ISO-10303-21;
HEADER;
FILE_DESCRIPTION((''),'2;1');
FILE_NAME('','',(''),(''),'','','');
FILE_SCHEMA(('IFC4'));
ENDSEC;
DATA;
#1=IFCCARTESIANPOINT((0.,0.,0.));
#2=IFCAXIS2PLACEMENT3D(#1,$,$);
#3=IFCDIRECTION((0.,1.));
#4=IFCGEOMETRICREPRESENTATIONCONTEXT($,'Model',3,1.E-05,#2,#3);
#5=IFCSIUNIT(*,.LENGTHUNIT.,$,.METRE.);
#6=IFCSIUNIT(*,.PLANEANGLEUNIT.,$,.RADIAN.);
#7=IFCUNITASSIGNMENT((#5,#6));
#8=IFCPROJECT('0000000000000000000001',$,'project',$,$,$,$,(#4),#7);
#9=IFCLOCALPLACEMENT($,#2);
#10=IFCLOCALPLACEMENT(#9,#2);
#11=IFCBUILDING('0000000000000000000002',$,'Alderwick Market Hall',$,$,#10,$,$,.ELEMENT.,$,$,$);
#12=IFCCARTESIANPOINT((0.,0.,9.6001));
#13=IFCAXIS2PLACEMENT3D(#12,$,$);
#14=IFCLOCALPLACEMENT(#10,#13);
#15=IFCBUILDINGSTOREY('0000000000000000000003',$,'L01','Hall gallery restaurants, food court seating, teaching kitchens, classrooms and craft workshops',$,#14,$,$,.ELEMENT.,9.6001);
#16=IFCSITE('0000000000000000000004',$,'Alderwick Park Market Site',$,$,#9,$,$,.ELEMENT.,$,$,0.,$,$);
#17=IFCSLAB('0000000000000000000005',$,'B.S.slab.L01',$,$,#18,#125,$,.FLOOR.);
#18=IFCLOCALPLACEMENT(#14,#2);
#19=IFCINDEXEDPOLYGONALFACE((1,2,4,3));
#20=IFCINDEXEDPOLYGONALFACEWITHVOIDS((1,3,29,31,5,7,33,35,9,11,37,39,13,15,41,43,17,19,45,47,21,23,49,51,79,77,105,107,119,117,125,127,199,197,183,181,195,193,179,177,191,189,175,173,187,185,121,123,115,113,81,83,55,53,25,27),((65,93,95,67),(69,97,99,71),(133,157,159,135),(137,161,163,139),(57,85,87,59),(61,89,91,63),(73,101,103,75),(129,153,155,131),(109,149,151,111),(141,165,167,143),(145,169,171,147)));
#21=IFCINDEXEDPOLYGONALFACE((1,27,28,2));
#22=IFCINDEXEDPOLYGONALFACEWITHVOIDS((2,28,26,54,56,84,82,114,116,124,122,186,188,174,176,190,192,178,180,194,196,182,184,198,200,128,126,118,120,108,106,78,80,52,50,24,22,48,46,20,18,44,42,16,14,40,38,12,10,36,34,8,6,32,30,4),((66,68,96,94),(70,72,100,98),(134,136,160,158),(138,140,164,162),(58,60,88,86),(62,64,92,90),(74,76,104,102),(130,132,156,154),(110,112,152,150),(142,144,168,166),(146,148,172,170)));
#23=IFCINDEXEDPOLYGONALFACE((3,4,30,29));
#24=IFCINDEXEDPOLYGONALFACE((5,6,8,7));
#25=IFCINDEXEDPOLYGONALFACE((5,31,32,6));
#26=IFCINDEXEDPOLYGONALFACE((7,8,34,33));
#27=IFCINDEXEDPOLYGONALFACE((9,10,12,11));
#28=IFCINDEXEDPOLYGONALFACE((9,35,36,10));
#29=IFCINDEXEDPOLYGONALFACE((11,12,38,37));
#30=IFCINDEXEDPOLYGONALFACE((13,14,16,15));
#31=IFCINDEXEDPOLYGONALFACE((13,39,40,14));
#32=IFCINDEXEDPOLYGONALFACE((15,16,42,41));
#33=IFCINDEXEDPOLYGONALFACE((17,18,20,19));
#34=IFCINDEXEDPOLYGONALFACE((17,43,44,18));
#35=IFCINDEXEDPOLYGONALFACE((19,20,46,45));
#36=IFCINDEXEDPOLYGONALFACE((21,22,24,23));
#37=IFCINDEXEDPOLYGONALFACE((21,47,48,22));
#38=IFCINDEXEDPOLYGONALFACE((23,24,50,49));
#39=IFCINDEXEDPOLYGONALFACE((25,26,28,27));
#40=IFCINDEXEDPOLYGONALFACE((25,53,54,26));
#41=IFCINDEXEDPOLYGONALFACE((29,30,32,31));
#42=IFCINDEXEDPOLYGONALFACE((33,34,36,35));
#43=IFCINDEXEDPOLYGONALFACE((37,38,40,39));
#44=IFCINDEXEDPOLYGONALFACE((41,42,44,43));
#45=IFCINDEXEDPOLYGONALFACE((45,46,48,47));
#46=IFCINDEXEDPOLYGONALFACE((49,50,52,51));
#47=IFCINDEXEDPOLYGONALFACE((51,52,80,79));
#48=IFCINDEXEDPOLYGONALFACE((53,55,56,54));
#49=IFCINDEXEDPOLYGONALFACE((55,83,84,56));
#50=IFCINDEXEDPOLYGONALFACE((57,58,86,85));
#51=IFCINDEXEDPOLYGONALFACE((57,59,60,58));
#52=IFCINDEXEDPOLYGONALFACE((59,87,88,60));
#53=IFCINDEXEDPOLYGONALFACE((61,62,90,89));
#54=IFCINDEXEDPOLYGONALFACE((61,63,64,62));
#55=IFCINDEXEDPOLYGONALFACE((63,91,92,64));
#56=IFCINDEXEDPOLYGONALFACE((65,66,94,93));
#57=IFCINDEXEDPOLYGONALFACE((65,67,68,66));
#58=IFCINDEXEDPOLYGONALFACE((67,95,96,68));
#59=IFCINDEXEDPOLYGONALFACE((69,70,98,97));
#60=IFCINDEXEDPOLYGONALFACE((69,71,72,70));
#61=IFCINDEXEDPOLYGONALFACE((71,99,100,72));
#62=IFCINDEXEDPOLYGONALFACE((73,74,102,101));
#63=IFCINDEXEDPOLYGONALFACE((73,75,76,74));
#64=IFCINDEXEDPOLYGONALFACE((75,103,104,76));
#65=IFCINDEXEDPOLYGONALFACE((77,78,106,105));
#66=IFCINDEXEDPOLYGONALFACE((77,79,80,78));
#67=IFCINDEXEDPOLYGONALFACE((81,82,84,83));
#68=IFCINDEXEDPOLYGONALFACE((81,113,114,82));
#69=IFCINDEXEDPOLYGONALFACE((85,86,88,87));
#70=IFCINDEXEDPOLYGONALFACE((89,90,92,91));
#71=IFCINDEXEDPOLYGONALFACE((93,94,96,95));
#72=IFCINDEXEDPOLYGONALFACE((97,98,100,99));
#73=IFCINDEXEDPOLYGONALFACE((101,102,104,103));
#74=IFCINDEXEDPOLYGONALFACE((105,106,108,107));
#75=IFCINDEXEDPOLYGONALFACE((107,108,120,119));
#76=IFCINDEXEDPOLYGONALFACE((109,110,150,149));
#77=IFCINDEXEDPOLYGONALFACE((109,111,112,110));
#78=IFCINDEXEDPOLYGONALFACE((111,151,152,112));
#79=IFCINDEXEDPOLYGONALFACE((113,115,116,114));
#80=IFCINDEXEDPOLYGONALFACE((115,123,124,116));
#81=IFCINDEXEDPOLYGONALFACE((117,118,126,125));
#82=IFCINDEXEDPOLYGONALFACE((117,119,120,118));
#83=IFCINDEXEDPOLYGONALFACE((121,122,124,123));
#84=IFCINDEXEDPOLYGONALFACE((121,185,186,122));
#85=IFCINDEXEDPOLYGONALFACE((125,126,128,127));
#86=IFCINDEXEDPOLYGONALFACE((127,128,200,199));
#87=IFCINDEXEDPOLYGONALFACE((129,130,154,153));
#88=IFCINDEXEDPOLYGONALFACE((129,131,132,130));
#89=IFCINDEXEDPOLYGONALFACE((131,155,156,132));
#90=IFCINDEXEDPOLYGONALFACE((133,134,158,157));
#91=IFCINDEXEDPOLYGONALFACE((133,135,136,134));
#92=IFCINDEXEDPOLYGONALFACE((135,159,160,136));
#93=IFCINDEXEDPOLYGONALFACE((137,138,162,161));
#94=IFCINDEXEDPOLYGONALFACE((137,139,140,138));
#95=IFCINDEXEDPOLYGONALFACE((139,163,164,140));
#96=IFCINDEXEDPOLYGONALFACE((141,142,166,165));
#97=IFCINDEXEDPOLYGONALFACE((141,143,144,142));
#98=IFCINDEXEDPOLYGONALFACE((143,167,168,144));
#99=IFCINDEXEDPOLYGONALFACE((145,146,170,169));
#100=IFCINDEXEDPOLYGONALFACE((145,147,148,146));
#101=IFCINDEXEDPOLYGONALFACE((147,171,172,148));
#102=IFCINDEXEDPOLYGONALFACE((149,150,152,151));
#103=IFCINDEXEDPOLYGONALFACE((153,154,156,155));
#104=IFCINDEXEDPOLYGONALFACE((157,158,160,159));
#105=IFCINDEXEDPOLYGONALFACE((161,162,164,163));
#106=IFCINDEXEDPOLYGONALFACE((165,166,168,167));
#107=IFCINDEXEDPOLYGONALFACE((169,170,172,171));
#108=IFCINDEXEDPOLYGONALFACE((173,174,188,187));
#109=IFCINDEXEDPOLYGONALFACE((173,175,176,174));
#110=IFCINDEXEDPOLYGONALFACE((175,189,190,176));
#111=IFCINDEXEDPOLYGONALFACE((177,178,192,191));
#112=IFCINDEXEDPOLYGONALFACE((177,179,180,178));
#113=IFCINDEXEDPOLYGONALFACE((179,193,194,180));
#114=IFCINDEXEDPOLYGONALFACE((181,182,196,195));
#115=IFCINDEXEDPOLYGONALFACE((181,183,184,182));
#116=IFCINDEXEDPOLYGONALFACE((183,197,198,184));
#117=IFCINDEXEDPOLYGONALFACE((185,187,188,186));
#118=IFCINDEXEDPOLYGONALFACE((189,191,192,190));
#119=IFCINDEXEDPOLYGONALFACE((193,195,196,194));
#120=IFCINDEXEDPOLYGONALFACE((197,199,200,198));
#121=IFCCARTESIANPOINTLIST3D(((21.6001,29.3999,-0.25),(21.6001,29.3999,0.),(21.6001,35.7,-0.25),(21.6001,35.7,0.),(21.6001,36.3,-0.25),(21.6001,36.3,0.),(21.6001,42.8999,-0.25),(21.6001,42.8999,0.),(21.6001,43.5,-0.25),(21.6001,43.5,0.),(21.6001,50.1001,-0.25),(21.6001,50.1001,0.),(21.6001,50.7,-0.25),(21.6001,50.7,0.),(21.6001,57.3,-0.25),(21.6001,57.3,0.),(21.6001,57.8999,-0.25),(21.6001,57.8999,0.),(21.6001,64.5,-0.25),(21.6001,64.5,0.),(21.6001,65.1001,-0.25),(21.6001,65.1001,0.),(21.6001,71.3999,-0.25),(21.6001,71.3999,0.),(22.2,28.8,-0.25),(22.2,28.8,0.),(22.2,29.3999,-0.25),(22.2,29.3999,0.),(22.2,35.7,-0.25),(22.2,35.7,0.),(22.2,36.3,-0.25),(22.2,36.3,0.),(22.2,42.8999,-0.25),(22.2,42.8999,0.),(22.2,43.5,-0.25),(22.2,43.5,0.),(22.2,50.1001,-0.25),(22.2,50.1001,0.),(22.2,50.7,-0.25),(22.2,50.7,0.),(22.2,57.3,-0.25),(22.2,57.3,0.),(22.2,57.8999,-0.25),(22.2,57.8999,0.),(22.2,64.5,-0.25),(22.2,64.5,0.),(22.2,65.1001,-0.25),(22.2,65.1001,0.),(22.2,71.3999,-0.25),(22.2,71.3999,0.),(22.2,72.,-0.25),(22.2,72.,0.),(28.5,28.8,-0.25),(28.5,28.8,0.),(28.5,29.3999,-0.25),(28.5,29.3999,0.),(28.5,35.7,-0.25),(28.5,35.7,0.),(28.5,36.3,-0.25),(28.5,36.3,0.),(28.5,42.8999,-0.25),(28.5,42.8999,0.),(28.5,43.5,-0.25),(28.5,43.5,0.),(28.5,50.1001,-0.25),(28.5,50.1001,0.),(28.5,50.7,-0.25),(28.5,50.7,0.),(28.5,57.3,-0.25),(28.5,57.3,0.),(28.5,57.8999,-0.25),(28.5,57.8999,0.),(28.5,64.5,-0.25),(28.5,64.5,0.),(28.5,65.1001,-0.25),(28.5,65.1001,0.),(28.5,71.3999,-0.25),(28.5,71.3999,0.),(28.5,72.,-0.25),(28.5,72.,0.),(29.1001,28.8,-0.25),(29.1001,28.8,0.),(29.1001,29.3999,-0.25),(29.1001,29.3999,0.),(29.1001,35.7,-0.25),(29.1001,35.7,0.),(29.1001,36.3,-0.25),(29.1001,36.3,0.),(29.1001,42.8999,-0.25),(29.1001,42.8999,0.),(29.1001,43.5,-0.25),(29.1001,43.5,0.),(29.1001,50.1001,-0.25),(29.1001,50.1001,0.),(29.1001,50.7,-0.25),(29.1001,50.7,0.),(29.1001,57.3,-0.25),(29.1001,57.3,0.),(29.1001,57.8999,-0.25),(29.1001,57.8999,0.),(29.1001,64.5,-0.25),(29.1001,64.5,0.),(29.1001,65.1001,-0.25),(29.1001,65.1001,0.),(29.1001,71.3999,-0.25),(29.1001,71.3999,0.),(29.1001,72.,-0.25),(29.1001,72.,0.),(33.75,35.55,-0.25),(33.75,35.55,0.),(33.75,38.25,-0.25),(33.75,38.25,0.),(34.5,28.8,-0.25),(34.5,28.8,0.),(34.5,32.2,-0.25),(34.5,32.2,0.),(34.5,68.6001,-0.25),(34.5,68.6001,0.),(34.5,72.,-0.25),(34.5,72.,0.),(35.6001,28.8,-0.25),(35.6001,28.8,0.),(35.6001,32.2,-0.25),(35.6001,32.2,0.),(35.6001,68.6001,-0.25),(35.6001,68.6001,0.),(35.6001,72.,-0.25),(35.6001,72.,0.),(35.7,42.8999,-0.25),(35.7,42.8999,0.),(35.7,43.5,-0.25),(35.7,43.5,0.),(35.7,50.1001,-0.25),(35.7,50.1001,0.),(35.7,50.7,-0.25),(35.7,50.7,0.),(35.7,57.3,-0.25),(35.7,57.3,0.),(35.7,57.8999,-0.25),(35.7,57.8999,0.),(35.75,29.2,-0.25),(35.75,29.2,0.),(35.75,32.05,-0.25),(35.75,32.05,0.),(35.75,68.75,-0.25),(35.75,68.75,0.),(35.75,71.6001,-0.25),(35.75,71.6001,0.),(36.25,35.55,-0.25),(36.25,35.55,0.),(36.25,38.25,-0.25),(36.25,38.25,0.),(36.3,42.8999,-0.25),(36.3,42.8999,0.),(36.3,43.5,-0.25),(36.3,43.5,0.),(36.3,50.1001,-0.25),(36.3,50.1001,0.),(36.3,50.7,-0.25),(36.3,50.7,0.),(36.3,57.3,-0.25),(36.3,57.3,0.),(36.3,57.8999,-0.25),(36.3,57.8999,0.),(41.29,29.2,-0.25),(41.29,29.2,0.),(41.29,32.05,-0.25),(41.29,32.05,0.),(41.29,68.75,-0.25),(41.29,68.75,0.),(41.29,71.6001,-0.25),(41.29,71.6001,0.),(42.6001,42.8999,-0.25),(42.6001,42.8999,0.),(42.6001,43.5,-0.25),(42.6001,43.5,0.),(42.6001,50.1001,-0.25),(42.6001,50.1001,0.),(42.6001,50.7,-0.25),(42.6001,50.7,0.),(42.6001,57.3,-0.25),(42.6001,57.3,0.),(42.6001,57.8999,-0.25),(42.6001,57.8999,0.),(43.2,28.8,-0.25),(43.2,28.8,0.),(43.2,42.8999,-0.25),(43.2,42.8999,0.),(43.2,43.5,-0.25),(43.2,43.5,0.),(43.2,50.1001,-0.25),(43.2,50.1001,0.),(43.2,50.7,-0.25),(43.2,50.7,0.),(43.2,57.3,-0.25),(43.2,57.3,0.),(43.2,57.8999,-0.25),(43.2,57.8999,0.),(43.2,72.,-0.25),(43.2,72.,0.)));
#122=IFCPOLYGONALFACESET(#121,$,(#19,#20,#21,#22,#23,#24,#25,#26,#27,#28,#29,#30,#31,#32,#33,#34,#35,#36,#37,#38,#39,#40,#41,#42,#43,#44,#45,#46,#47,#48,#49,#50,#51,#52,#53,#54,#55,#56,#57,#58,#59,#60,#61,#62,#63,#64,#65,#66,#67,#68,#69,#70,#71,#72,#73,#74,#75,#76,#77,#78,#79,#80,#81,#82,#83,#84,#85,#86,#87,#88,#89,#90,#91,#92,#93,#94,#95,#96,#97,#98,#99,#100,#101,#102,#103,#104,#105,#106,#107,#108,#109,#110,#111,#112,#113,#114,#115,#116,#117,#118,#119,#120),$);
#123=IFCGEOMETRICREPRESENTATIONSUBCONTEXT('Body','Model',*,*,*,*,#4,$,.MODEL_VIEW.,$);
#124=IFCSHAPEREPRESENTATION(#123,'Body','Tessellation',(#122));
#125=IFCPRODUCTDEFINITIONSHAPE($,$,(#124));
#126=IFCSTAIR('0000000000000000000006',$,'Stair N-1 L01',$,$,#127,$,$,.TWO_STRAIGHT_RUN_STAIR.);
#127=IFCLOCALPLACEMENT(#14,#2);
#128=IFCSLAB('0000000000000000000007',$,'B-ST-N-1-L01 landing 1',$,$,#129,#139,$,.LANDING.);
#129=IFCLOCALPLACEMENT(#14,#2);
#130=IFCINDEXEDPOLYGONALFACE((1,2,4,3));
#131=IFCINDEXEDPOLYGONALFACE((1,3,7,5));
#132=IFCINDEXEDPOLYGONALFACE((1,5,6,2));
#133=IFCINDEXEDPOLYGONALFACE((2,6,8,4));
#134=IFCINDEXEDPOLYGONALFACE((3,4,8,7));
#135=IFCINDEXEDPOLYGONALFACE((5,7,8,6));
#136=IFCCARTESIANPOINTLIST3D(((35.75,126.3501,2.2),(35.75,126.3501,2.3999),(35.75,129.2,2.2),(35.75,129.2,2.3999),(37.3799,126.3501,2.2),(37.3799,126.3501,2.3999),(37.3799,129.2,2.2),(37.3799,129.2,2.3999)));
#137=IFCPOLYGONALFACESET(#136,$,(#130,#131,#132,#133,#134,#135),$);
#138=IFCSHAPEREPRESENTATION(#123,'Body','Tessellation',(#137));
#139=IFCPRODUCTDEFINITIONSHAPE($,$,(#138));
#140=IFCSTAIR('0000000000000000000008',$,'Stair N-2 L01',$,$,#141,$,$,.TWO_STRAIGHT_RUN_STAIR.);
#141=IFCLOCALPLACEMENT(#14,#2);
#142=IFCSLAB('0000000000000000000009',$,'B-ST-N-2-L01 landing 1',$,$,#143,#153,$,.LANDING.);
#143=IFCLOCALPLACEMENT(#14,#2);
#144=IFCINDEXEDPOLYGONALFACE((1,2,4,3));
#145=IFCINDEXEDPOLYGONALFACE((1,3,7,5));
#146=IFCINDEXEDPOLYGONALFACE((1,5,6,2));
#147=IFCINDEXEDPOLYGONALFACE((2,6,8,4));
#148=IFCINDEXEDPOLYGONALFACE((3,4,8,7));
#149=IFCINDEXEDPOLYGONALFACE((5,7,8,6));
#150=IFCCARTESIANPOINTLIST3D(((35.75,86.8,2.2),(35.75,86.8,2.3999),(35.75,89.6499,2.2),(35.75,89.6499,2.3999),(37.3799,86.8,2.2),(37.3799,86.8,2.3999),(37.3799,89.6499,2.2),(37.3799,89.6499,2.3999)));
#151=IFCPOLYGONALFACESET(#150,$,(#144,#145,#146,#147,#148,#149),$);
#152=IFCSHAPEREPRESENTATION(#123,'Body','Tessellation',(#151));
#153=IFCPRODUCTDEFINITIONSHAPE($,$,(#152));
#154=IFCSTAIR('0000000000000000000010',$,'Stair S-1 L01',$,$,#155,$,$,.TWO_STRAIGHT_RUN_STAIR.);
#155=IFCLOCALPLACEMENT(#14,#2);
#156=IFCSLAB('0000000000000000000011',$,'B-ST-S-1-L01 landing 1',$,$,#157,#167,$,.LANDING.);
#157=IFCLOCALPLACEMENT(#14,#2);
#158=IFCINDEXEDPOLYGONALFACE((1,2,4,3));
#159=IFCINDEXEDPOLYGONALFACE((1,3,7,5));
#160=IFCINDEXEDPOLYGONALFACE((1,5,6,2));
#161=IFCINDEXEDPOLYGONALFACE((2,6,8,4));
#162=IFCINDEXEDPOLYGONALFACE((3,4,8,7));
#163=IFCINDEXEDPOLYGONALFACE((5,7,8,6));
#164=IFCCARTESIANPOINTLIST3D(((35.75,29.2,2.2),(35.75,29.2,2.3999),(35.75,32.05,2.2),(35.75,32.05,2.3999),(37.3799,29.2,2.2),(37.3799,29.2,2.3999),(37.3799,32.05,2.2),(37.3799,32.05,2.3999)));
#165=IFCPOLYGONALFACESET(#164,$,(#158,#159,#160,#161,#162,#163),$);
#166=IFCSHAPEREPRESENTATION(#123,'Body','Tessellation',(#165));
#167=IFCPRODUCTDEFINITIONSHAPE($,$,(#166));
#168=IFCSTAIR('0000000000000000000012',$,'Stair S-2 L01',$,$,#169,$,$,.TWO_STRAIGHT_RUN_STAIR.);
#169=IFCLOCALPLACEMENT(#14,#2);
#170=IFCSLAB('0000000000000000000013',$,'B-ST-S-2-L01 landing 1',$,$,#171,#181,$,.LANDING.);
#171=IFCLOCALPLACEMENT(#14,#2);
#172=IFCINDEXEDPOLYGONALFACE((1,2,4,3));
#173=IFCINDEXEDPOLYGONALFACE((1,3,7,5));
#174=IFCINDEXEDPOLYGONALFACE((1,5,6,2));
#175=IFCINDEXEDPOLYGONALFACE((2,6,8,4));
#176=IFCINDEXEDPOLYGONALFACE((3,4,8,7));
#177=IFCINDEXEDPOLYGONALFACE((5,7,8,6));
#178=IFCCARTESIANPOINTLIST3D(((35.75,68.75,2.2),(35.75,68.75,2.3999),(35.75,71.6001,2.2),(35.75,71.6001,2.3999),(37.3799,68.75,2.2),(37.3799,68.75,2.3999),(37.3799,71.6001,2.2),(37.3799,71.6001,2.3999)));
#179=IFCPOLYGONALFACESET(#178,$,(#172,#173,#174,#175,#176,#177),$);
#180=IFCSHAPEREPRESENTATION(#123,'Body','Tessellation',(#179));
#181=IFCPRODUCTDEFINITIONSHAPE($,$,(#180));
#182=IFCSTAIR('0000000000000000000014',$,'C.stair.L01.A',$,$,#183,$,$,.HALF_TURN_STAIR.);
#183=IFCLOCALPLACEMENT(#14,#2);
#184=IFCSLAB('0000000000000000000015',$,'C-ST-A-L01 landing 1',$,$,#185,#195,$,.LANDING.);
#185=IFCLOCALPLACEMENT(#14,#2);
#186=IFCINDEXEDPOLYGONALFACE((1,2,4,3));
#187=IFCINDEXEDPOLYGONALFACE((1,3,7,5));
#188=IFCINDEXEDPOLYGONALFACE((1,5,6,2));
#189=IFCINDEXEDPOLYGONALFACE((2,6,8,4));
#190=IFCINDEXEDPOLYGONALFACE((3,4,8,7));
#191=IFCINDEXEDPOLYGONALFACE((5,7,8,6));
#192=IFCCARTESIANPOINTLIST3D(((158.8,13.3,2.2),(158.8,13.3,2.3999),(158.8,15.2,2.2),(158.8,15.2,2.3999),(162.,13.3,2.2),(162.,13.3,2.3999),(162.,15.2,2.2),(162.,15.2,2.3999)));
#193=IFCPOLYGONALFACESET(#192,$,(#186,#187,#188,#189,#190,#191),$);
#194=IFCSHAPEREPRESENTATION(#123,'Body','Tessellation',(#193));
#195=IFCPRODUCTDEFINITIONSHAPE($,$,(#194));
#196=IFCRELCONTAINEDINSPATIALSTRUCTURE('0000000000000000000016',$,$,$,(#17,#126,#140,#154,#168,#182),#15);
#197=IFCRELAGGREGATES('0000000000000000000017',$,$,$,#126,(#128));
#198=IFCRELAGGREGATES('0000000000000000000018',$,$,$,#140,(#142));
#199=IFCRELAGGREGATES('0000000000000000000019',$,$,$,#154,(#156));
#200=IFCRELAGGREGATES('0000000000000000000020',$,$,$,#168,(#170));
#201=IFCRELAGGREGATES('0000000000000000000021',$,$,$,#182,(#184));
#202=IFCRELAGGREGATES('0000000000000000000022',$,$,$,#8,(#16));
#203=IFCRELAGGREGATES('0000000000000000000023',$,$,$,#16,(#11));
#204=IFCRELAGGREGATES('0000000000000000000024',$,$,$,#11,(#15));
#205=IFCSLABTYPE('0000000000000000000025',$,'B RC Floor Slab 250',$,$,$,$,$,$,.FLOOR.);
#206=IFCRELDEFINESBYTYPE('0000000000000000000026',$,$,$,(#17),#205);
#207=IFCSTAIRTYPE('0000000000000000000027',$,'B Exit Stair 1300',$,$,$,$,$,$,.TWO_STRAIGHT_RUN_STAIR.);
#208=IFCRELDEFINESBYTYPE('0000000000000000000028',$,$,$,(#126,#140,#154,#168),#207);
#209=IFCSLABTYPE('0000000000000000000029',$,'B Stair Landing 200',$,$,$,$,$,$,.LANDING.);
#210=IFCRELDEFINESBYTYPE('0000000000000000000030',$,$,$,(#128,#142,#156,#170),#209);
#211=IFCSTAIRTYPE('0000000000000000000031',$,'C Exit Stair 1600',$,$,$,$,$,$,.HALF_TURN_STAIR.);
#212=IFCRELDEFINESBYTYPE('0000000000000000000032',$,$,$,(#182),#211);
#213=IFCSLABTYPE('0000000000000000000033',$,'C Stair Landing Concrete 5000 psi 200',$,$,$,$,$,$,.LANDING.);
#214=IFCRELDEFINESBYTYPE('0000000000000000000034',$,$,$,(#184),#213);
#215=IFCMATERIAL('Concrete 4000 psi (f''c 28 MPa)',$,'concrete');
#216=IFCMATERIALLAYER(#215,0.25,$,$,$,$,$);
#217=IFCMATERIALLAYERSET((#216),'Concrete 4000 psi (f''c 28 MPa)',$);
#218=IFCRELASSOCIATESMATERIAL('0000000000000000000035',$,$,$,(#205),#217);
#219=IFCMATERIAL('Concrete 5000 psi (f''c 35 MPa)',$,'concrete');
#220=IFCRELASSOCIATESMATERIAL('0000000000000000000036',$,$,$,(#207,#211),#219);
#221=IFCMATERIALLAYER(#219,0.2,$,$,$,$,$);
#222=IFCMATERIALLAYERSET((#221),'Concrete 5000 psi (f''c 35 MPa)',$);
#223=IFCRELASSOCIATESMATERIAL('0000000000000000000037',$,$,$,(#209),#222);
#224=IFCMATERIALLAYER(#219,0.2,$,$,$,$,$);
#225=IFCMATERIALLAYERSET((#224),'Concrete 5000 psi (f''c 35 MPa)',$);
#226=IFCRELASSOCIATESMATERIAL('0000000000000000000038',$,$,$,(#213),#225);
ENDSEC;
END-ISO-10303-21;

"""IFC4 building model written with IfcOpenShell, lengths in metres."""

from ifc_helpers import new_model, si_unit, direction, frame, origin, place, context, subcontext, project, spatial, polyline, outline, extrude, material, layer, layer_set, type_object, element, aggregate, save


model = new_model("IFC4")

# Units and contexts
model_context = context("Model", 3, precision=1e-05, world=origin(), true_north=direction((0.0, 1.0)))
body_context = subcontext(model_context, "Body", "Model", "MODEL_VIEW")
ifc_project = project(units=[si_unit("LENGTHUNIT", "METRE"), si_unit("PLANEANGLEUNIT", "RADIAN")], contexts=[model_context])

# Site, building, storey
site_placement = place(None, origin())
site = spatial("IfcSite", under=ifc_project, at=site_placement, Name="Alderwick Park Market Site", CompositionType="ELEMENT", RefElevation=0.0)
building_placement = place(site_placement, origin())
building = spatial("IfcBuilding", under=site, at=building_placement, Name="Alderwick Market Hall", CompositionType="ELEMENT")
storey_placement = place(building_placement, frame((0.0, 0.0, 9.6001)))
storey = spatial("IfcBuildingStorey", under=building, at=storey_placement, Name="L01", Description="Hall gallery restaurants, food court seating, teaching kitchens, classrooms and craft workshops", CompositionType="ELEMENT", Elevation=9.6001)

# Shared definitions
ifc_material_1 = material(Name="Concrete 5000 psi (f'c 35 MPa)", Category="concrete")

# Slab
ifc_material_2 = material(Name="Concrete 4000 psi (f'c 28 MPa)", Category="concrete")
ifc_layer_1 = layer(ifc_material_2, 0.25)
ifc_layer_set_1 = layer_set([ifc_layer_1], Name="Concrete 4000 psi (f'c 28 MPa)")
slab_type_1 = type_object("IfcSlabType", Name="B RC Floor Slab 250", PredefinedType="FLOOR", material=ifc_layer_set_1)
slab_1_placement = place(storey_placement, frame((0.0, 0.0, -0.25)))
element("IfcSlab", 1, at=slab_1_placement, inside=storey, type_object=slab_type_1, Name="B.S.slab.L01", PredefinedType="FLOOR", context=body_context, shape_type="SweptSolid", body=[
    extrude(outline(polyline([(22.2, 65.1001), (21.6001, 65.1001), (21.6001, 71.3999), (22.2, 71.3999), (22.2, 72.0), (28.5, 72.0), (28.5, 71.3999), (29.1001, 71.3999), (29.1001, 72.0), (34.5, 72.0), (34.5, 68.6001), (35.6001, 68.6001), (35.6001, 72.0), (43.2, 72.0), (43.2, 57.8999), (42.6001, 57.8999), (42.6001, 57.3), (43.2, 57.3), (43.2, 50.7), (42.6001, 50.7), (42.6001, 50.1001), (43.2, 50.1001), (43.2, 43.5), (42.6001, 43.5), (42.6001, 42.8999), (43.2, 42.8999), (43.2, 28.8), (35.6001, 28.8), (35.6001, 32.2), (34.5, 32.2), (34.5, 28.8), (29.1001, 28.8), (29.1001, 29.3999), (28.5, 29.3999), (28.5, 28.8), (22.2, 28.8), (22.2, 29.3999), (21.6001, 29.3999), (21.6001, 35.7), (22.2, 35.7), (22.2, 36.3), (21.6001, 36.3), (21.6001, 42.8999), (22.2, 42.8999), (22.2, 43.5), (21.6001, 43.5), (21.6001, 50.1001), (22.2, 50.1001), (22.2, 50.7), (21.6001, 50.7), (21.6001, 57.3), (22.2, 57.3), (22.2, 57.8999), (21.6001, 57.8999), (21.6001, 64.5), (22.2, 64.5), (22.2, 65.1001)]), holes=[polyline([(29.1001, 36.3), (28.5, 36.3), (28.5, 35.7), (29.1001, 35.7), (29.1001, 36.3)]), polyline([(29.1001, 42.8999), (29.1001, 43.5), (28.5, 43.5), (28.5, 42.8999), (29.1001, 42.8999)]), polyline([(28.5, 50.1001), (29.1001, 50.1001), (29.1001, 50.7), (28.5, 50.7), (28.5, 50.1001)]), polyline([(28.5, 57.8999), (28.5, 57.3), (29.1001, 57.3), (29.1001, 57.8999), (28.5, 57.8999)]), polyline([(29.1001, 65.1001), (28.5, 65.1001), (28.5, 64.5), (29.1001, 64.5), (29.1001, 65.1001)]), polyline([(35.7, 42.8999), (36.3, 42.8999), (36.3, 43.5), (35.7, 43.5), (35.7, 42.8999)]), polyline([(35.7, 50.7), (35.7, 50.1001), (36.3, 50.1001), (36.3, 50.7), (35.7, 50.7)]), polyline([(36.3, 57.8999), (35.7, 57.8999), (35.7, 57.3), (36.3, 57.3), (36.3, 57.8999)]), polyline([(41.29, 32.05), (35.75, 32.05), (35.75, 29.2), (41.29, 29.2), (41.29, 32.05)]), polyline([(36.25, 35.55), (36.25, 38.25), (33.75, 38.25), (33.75, 35.55), (36.25, 35.55)]), polyline([(35.75, 71.6001), (35.75, 68.75), (41.29, 68.75), (41.29, 71.6001), (35.75, 71.6001)])]), origin(), (0.0, 0.0, 1.0), 0.25),
])

# Stairs, slabs
stair_type_1 = type_object("IfcStairType", Name="B Exit Stair 1300", PredefinedType="TWO_STRAIGHT_RUN_STAIR", material=ifc_material_1)
stair_1_placement = place(storey_placement, origin())
stair_1 = element("IfcStair", 2, at=stair_1_placement, inside=storey, type_object=stair_type_1, Name="Stair N-1 L01", PredefinedType="TWO_STRAIGHT_RUN_STAIR")
ifc_layer_2 = layer(ifc_material_1, 0.2)
ifc_layer_set_2 = layer_set([ifc_layer_2], Name="Concrete 5000 psi (f'c 35 MPa)")
slab_type_2 = type_object("IfcSlabType", Name="B Stair Landing 200", PredefinedType="LANDING", material=ifc_layer_set_2)
slab_2_placement = place(storey_placement, frame((0.0, 0.0, 2.2)))
slab_2 = element("IfcSlab", 3, at=slab_2_placement, type_object=slab_type_2, Name="B-ST-N-1-L01 landing 1", PredefinedType="LANDING", context=body_context, shape_type="SweptSolid", body=[
    extrude(outline(polyline([(35.75, 129.2), (37.3799, 129.2), (37.3799, 126.3501), (35.75, 126.3501), (35.75, 129.2)])), origin(), (0.0, 0.0, 1.0), 0.2),
])
aggregate(stair_1, [slab_2])
stair_2_placement = place(storey_placement, origin())
stair_2 = element("IfcStair", 4, at=stair_2_placement, inside=storey, type_object=stair_type_1, Name="Stair N-2 L01", PredefinedType="TWO_STRAIGHT_RUN_STAIR")
slab_3_placement = place(storey_placement, frame((0.0, 0.0, 2.2)))
slab_3 = element("IfcSlab", 5, at=slab_3_placement, type_object=slab_type_2, Name="B-ST-N-2-L01 landing 1", PredefinedType="LANDING", context=body_context, shape_type="SweptSolid", body=[
    extrude(outline(polyline([(35.75, 86.8), (37.3799, 86.8), (37.3799, 89.6499), (35.75, 89.6499), (35.75, 86.8)])), origin(), (0.0, 0.0, 1.0), 0.2),
])
aggregate(stair_2, [slab_3])
stair_3_placement = place(storey_placement, origin())
stair_3 = element("IfcStair", 6, at=stair_3_placement, inside=storey, type_object=stair_type_1, Name="Stair S-1 L01", PredefinedType="TWO_STRAIGHT_RUN_STAIR")
slab_4_placement = place(storey_placement, frame((0.0, 0.0, 2.2)))
slab_4 = element("IfcSlab", 7, at=slab_4_placement, type_object=slab_type_2, Name="B-ST-S-1-L01 landing 1", PredefinedType="LANDING", context=body_context, shape_type="SweptSolid", body=[
    extrude(outline(polyline([(35.75, 29.2), (37.3799, 29.2), (37.3799, 32.05), (35.75, 32.05), (35.75, 29.2)])), origin(), (0.0, 0.0, 1.0), 0.2),
])
aggregate(stair_3, [slab_4])
stair_4_placement = place(storey_placement, origin())
stair_4 = element("IfcStair", 8, at=stair_4_placement, inside=storey, type_object=stair_type_1, Name="Stair S-2 L01", PredefinedType="TWO_STRAIGHT_RUN_STAIR")
slab_5_placement = place(storey_placement, frame((0.0, 0.0, 2.2)))
slab_5 = element("IfcSlab", 9, at=slab_5_placement, type_object=slab_type_2, Name="B-ST-S-2-L01 landing 1", PredefinedType="LANDING", context=body_context, shape_type="SweptSolid", body=[
    extrude(outline(polyline([(35.75, 71.6001), (37.3799, 71.6001), (37.3799, 68.75), (35.75, 68.75), (35.75, 71.6001)])), origin(), (0.0, 0.0, 1.0), 0.2),
])
aggregate(stair_4, [slab_5])
stair_type_2 = type_object("IfcStairType", Name="C Exit Stair 1600", PredefinedType="HALF_TURN_STAIR", material=ifc_material_1)
stair_5_placement = place(storey_placement, origin())
stair_5 = element("IfcStair", 10, at=stair_5_placement, inside=storey, type_object=stair_type_2, Name="C.stair.L01.A", PredefinedType="HALF_TURN_STAIR")
ifc_layer_3 = layer(ifc_material_1, 0.2)
ifc_layer_set_3 = layer_set([ifc_layer_3], Name="Concrete 5000 psi (f'c 35 MPa)")
slab_type_3 = type_object("IfcSlabType", Name="C Stair Landing Concrete 5000 psi 200", PredefinedType="LANDING", material=ifc_layer_set_3)
slab_6_placement = place(storey_placement, frame((0.0, 0.0, 2.2)))
slab_6 = element("IfcSlab", 11, at=slab_6_placement, type_object=slab_type_3, Name="C-ST-A-L01 landing 1", PredefinedType="LANDING", context=body_context, shape_type="SweptSolid", body=[
    extrude(outline(polyline([(158.8, 15.2), (162.0, 15.2), (162.0, 13.3), (158.8, 13.3), (158.8, 15.2)])), origin(), (0.0, 0.0, 1.0), 0.2),
])
aggregate(stair_5, [slab_6])

save(model, "model.ifc")
